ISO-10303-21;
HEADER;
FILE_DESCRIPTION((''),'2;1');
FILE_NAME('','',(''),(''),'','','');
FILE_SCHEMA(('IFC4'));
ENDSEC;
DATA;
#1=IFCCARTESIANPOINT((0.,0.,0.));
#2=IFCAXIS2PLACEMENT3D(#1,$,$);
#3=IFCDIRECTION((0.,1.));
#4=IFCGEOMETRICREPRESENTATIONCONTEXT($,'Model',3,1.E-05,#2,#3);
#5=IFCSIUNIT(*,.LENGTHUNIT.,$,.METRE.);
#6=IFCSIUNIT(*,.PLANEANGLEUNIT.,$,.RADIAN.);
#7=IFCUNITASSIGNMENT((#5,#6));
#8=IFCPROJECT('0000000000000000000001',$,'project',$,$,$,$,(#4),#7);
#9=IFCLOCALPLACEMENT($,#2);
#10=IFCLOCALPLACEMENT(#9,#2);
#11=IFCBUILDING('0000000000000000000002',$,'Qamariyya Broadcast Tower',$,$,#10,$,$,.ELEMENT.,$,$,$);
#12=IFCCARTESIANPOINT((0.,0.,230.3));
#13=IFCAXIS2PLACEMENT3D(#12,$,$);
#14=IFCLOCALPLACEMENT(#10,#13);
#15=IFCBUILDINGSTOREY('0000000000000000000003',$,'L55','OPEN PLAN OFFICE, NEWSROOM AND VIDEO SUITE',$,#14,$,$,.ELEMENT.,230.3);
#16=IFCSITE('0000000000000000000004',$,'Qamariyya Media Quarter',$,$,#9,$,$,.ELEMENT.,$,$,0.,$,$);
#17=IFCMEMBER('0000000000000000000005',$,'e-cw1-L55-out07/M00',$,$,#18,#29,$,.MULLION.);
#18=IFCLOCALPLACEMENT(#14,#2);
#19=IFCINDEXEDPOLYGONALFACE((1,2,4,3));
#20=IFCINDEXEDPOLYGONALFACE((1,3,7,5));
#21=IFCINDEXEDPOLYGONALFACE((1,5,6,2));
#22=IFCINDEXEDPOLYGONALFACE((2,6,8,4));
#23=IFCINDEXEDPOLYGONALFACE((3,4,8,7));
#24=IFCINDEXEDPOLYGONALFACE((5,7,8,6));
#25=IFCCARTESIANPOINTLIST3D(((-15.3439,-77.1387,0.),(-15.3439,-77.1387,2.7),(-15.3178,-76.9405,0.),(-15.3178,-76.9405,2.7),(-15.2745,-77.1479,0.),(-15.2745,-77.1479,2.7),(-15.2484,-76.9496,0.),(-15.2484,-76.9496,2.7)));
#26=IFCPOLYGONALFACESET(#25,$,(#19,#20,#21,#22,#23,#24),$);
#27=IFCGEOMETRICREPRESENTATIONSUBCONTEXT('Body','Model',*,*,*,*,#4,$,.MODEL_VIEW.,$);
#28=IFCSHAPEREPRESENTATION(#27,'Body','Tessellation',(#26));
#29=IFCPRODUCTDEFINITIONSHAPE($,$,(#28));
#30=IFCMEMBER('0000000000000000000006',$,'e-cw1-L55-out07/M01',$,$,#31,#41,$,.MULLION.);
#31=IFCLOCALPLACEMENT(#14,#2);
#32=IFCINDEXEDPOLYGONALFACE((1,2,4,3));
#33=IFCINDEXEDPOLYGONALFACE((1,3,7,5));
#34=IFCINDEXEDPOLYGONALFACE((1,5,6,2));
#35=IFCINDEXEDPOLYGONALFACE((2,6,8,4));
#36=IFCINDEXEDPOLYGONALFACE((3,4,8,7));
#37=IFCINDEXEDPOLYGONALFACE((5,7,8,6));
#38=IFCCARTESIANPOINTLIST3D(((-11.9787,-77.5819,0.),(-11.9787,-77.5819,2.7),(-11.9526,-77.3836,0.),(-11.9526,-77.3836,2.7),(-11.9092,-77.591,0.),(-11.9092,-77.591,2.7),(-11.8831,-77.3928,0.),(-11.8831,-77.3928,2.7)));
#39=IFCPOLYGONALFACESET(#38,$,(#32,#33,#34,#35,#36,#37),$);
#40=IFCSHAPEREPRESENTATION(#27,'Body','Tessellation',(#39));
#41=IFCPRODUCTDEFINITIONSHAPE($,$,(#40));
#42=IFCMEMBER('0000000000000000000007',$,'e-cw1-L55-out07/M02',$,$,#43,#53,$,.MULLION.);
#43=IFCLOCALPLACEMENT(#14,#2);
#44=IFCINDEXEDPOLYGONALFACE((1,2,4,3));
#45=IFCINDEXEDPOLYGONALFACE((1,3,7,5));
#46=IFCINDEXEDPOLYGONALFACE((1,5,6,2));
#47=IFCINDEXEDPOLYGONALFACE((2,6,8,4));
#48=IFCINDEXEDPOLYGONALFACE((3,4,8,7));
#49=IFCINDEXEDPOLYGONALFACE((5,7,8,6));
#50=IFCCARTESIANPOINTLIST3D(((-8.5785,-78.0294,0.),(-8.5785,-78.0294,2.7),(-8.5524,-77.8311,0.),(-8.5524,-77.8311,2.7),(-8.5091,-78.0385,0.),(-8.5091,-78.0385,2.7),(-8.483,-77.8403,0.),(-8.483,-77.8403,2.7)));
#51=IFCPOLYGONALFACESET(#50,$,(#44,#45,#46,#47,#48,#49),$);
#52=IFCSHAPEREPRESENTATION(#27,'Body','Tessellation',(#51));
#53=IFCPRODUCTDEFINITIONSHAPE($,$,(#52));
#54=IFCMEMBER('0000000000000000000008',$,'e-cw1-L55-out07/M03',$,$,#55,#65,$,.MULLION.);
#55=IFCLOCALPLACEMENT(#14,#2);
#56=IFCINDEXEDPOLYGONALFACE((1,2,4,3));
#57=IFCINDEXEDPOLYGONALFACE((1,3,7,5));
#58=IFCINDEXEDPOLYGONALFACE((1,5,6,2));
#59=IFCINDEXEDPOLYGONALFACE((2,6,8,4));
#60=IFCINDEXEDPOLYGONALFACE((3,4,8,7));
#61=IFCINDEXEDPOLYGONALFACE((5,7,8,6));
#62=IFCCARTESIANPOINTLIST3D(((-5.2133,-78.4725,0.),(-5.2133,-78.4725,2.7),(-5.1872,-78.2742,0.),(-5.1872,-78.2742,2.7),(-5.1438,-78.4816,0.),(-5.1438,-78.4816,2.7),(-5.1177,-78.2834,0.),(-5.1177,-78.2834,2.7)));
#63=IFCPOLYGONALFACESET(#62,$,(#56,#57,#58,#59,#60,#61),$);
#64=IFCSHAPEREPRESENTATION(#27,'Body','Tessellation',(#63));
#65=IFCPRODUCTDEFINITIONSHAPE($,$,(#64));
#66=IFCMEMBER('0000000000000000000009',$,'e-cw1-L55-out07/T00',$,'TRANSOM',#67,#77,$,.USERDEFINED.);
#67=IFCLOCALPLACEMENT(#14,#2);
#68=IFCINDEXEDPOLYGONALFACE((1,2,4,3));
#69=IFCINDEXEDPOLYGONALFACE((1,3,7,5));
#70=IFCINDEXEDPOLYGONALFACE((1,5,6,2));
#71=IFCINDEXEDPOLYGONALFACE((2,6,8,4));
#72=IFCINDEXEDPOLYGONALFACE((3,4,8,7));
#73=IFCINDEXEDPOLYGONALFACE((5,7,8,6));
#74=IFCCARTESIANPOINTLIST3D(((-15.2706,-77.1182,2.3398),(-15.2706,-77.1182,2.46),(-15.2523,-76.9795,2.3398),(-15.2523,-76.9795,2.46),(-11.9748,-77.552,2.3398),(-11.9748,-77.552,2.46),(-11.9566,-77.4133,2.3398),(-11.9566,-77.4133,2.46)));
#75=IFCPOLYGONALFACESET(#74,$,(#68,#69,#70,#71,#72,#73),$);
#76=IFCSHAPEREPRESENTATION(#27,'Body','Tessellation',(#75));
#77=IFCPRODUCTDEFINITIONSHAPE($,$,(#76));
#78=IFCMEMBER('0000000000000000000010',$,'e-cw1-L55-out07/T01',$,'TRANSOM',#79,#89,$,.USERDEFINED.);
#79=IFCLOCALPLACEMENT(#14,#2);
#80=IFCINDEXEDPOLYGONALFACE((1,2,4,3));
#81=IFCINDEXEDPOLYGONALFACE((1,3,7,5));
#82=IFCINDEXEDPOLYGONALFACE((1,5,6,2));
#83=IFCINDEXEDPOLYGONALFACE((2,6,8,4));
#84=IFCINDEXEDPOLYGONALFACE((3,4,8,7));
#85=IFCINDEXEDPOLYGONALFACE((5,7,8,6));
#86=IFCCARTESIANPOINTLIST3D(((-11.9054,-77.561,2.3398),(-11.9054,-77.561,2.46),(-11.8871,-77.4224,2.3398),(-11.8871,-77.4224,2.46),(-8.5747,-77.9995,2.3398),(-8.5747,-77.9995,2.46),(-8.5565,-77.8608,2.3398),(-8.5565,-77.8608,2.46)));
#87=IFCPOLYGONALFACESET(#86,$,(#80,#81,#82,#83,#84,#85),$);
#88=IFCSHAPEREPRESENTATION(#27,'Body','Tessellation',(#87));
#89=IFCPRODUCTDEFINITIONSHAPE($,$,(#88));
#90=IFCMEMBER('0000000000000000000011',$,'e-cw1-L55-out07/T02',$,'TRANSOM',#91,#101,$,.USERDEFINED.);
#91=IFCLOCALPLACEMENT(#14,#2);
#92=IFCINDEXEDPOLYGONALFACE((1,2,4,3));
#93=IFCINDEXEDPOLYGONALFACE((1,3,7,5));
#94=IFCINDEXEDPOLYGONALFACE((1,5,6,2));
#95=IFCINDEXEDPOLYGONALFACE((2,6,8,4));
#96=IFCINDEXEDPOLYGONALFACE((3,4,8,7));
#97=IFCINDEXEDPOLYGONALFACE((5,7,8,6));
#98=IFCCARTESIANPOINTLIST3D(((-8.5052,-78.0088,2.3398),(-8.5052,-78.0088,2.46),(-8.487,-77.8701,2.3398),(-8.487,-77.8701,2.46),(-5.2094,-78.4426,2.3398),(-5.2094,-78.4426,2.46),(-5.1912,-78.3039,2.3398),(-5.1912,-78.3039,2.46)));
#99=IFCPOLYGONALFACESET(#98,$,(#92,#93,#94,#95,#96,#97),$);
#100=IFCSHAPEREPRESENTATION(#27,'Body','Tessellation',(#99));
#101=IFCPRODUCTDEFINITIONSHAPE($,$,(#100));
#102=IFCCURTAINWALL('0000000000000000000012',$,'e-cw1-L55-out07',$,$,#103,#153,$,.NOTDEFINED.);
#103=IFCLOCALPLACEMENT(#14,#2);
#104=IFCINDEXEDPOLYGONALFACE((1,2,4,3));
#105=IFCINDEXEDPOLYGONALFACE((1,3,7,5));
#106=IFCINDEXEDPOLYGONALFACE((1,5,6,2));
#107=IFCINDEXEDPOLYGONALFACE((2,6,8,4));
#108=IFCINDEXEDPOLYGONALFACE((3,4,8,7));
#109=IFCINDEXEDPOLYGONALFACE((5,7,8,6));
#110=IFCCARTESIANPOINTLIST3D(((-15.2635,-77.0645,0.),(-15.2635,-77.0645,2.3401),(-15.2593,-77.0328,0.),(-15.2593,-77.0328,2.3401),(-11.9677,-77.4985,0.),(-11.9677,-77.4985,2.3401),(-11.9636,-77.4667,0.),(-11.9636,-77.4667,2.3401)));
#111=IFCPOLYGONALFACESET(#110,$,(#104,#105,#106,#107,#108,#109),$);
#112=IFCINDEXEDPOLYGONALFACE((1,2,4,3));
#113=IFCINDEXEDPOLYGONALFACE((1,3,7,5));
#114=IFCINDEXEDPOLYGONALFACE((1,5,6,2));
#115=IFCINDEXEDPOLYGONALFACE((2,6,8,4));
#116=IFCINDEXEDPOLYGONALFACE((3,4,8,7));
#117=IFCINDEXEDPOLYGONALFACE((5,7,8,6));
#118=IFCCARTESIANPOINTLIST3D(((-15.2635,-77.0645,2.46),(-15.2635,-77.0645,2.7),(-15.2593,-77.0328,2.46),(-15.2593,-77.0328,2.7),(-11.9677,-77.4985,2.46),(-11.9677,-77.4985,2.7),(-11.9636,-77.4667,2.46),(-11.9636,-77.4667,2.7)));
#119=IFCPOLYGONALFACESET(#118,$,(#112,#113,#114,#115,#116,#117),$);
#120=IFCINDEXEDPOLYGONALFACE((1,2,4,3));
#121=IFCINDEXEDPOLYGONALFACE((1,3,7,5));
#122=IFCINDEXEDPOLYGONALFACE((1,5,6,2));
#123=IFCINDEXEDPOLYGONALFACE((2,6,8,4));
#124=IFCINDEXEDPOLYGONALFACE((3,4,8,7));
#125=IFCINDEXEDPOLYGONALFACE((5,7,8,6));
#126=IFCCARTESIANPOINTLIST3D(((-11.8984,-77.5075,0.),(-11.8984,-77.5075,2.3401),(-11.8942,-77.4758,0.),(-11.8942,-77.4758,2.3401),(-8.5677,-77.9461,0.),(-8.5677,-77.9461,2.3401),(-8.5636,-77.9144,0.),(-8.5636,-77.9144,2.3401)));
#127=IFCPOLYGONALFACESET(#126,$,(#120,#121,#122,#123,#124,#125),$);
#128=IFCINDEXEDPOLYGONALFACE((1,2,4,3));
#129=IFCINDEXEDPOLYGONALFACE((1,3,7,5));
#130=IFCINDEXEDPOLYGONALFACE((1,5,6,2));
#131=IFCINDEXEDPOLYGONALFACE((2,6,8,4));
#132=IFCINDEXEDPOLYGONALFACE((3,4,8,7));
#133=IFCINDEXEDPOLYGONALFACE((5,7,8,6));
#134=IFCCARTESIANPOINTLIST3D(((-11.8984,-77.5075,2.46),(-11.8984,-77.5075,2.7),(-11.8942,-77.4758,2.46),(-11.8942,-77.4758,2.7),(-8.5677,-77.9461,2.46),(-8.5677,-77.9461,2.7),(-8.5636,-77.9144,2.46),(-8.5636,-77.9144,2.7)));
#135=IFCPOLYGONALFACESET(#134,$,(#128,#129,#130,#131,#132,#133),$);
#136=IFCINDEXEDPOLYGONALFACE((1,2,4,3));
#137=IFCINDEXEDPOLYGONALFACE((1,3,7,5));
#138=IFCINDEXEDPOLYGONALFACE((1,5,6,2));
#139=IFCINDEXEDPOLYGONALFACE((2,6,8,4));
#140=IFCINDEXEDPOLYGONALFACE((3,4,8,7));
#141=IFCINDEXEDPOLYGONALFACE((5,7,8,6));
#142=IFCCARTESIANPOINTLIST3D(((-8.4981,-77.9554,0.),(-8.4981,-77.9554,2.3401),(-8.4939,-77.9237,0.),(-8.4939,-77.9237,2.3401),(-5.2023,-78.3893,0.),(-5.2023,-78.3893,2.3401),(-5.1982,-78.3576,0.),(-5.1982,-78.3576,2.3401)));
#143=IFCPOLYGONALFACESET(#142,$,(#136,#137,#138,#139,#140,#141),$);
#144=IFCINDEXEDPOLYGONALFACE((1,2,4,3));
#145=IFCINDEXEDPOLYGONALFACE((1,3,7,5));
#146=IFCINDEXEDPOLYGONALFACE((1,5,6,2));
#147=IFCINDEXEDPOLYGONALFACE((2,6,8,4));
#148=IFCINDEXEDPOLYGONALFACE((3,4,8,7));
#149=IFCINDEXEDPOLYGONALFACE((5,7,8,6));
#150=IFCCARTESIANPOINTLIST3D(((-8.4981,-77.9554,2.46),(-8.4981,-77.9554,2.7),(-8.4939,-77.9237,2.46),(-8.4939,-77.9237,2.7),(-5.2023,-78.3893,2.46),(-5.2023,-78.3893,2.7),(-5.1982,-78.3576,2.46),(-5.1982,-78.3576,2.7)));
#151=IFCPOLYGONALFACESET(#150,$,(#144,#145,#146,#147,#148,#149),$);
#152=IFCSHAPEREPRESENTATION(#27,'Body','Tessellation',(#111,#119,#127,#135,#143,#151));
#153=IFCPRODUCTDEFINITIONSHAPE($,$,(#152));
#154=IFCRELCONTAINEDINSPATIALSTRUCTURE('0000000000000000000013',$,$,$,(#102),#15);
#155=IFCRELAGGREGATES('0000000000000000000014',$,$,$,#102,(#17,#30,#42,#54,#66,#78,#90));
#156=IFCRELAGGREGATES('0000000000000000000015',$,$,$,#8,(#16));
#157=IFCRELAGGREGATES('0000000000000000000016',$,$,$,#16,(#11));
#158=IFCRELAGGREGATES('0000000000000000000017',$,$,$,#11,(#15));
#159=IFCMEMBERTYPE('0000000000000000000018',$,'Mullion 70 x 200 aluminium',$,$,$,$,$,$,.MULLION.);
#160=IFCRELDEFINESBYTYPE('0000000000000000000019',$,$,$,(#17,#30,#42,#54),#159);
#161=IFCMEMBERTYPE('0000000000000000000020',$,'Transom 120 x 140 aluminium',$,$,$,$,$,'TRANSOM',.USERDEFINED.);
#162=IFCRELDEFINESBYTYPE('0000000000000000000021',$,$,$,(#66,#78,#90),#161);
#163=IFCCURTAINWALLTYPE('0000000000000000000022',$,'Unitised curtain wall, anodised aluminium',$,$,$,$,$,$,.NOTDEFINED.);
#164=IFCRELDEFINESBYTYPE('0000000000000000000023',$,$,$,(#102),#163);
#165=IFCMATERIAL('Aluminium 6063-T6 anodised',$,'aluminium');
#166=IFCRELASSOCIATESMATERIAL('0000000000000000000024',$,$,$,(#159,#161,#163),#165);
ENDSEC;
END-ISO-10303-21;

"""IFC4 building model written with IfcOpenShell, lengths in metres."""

from ifc_helpers import new_model, si_unit, direction, frame, origin, origin_2d, place, context, subcontext, project, spatial, rectangle, extrude, material, material_profile, profile_set, type_object, element, aggregate, save


model = new_model("IFC4")

# Units and contexts
model_context = context("Model", 3, precision=1e-05, world=origin(), true_north=direction((0.0, 1.0)))
body_context = subcontext(model_context, "Body", "Model", "MODEL_VIEW")
ifc_project = project(units=[si_unit("LENGTHUNIT", "METRE"), si_unit("PLANEANGLEUNIT", "RADIAN")], contexts=[model_context])

# Members
ifc_material = material(Name="Aluminium 6063-T6 anodised", Category="aluminium")
ifc_material_profile_1 = material_profile(ifc_material, rectangle(XDim=0.2, YDim=0.0701, at=origin_2d()))
ifc_profile_set_1 = profile_set([ifc_material_profile_1], Name="Aluminium 6063-T6 anodised")
member_type_1 = type_object("IfcMemberType", Name="Mullion 70 x 200 aluminium", PredefinedType="MULLION", material=ifc_profile_set_1)
site_placement = place(None, origin())
building_placement = place(site_placement, origin())
storey_placement = place(building_placement, frame((0.0, 0.0, 230.3)))
member_1_placement = place(storey_placement, frame((-15.2961, -77.0442, 0.0), z_axis=(0.0, 0.0, 1.0), x_axis=(0.130526, 0.991445, 0.0)))
member_1 = element("IfcMember", 1, at=member_1_placement, type_object=member_type_1, Name="e-cw1-L55-out07/M00", PredefinedType="MULLION", context=body_context, shape_type="SweptSolid", body=[
    extrude(rectangle(XDim=0.2, YDim=0.0701, at=origin_2d()), origin(), (0.0, 0.0, 1.0), 2.7),
])
member_2_placement = place(storey_placement, frame((-11.9309, -77.4873, 0.0), z_axis=(0.0, 0.0, 1.0), x_axis=(0.130526, 0.991445, 0.0)))
member_2 = element("IfcMember", 2, at=member_2_placement, type_object=member_type_1, Name="e-cw1-L55-out07/M01", PredefinedType="MULLION", context=body_context, shape_type="SweptSolid", body=[
    extrude(rectangle(XDim=0.2, YDim=0.0701, at=origin_2d()), origin(), (0.0, 0.0, 1.0), 2.7),
])
member_3_placement = place(storey_placement, frame((-8.5308, -77.9348, 0.0), z_axis=(0.0, 0.0, 1.0), x_axis=(0.130526, 0.991445, 0.0)))
member_3 = element("IfcMember", 3, at=member_3_placement, type_object=member_type_1, Name="e-cw1-L55-out07/M02", PredefinedType="MULLION", context=body_context, shape_type="SweptSolid", body=[
    extrude(rectangle(XDim=0.2, YDim=0.0701, at=origin_2d()), origin(), (0.0, 0.0, 1.0), 2.7),
])
member_4_placement = place(storey_placement, frame((-5.1655, -78.3779, 0.0), z_axis=(0.0, 0.0, 1.0), x_axis=(0.130526, 0.991445, 0.0)))
member_4 = element("IfcMember", 4, at=member_4_placement, type_object=member_type_1, Name="e-cw1-L55-out07/M03", PredefinedType="MULLION", context=body_context, shape_type="SweptSolid", body=[
    extrude(rectangle(XDim=0.2, YDim=0.0701, at=origin_2d()), origin(), (0.0, 0.0, 1.0), 2.7),
])
ifc_material_profile_2 = material_profile(ifc_material, rectangle(XDim=0.1399, YDim=0.1201, at=origin_2d()))
ifc_profile_set_2 = profile_set([ifc_material_profile_2], Name="Aluminium 6063-T6 anodised")
member_type_2 = type_object("IfcMemberType", Name="Transom 120 x 140 aluminium", ElementType="TRANSOM", PredefinedType="USERDEFINED", material=ifc_profile_set_2)
member_5_placement = place(storey_placement, frame((-15.2615, -77.0488, 2.3999), z_axis=(0.991448, -0.130504, 0.0), x_axis=(0.130504, 0.991448, 0.0)))
member_5 = element("IfcMember", 5, at=member_5_placement, type_object=member_type_2, Name="e-cw1-L55-out07/T00", ObjectType="TRANSOM", PredefinedType="USERDEFINED", context=body_context, shape_type="SweptSolid", body=[
    extrude(rectangle(XDim=0.1399, YDim=0.1201, at=origin_2d()), origin(), (0.0, 0.0, 1.0), 3.3242),
])
member_6_placement = place(storey_placement, frame((-11.8962, -77.4917, 2.3999), z_axis=(0.991445, -0.130526, 0.0), x_axis=(0.130526, 0.991445, 0.0)))
member_6 = element("IfcMember", 6, at=member_6_placement, type_object=member_type_2, Name="e-cw1-L55-out07/T01", ObjectType="TRANSOM", PredefinedType="USERDEFINED", context=body_context, shape_type="SweptSolid", body=[
    extrude(rectangle(XDim=0.1399, YDim=0.1201, at=origin_2d()), origin(), (0.0, 0.0, 1.0), 3.3594),
])
member_7_placement = place(storey_placement, frame((-8.4961, -77.9395, 2.3999), z_axis=(0.991448, -0.130504, 0.0), x_axis=(0.130504, 0.991448, 0.0)))
member_7 = element("IfcMember", 7, at=member_7_placement, type_object=member_type_2, Name="e-cw1-L55-out07/T02", ObjectType="TRANSOM", PredefinedType="USERDEFINED", context=body_context, shape_type="SweptSolid", body=[
    extrude(rectangle(XDim=0.1399, YDim=0.1201, at=origin_2d()), origin(), (0.0, 0.0, 1.0), 3.3242),
])

# Site, building, storey
site = spatial("IfcSite", under=ifc_project, at=site_placement, Name="Qamariyya Media Quarter", CompositionType="ELEMENT", RefElevation=0.0)
building = spatial("IfcBuilding", under=site, at=building_placement, Name="Qamariyya Broadcast Tower", CompositionType="ELEMENT")
storey = spatial("IfcBuildingStorey", under=building, at=storey_placement, Name="L55", Description="OPEN PLAN OFFICE, NEWSROOM AND VIDEO SUITE", CompositionType="ELEMENT", Elevation=230.3)

# Curtain wall
curtain_wall_type = type_object("IfcCurtainWallType", Name="Unitised curtain wall, anodised aluminium", PredefinedType="NOTDEFINED", material=ifc_material)
curtain_wall_1_placement = place(storey_placement, origin())
curtain_wall_1 = element("IfcCurtainWall", 8, at=curtain_wall_1_placement, inside=storey, type_object=curtain_wall_type, Name="e-cw1-L55-out07", PredefinedType="NOTDEFINED", context=body_context, shape_type="SweptSolid", body=[
    extrude(rectangle(XDim=3.3242, YDim=0.032, at=origin_2d()), frame((-13.6135, -77.2656, 0.0), x_axis=(0.991443, -0.130542, 0.0)), (0.0, 0.0, 1.0), 2.3401),
    extrude(rectangle(XDim=3.3242, YDim=0.032, at=origin_2d()), frame((-13.6135, -77.2656, 2.46), x_axis=(0.991443, -0.130542, 0.0)), (0.0, 0.0, 1.0), 0.24),
    extrude(rectangle(XDim=3.3594, YDim=0.032, at=origin_2d()), frame((-10.231, -77.7109, 0.0), x_axis=(0.991443, -0.130542, 0.0)), (0.0, 0.0, 1.0), 2.3401),
    extrude(rectangle(XDim=3.3594, YDim=0.032, at=origin_2d()), frame((-10.231, -77.7109, 2.46), x_axis=(0.991443, -0.130542, 0.0)), (0.0, 0.0, 1.0), 0.24),
    extrude(rectangle(XDim=3.3242, YDim=0.032, at=origin_2d()), frame((-6.8481, -78.1565, 0.0), x_axis=(0.991443, -0.130542, 0.0)), (0.0, 0.0, 1.0), 2.3401),
    extrude(rectangle(XDim=3.3242, YDim=0.032, at=origin_2d()), frame((-6.8481, -78.1565, 2.46), x_axis=(0.991443, -0.130542, 0.0)), (0.0, 0.0, 1.0), 0.24),
])
aggregate(curtain_wall_1, [member_1, member_2, member_3, member_4, member_5, member_6, member_7])

save(model, "model.ifc")
